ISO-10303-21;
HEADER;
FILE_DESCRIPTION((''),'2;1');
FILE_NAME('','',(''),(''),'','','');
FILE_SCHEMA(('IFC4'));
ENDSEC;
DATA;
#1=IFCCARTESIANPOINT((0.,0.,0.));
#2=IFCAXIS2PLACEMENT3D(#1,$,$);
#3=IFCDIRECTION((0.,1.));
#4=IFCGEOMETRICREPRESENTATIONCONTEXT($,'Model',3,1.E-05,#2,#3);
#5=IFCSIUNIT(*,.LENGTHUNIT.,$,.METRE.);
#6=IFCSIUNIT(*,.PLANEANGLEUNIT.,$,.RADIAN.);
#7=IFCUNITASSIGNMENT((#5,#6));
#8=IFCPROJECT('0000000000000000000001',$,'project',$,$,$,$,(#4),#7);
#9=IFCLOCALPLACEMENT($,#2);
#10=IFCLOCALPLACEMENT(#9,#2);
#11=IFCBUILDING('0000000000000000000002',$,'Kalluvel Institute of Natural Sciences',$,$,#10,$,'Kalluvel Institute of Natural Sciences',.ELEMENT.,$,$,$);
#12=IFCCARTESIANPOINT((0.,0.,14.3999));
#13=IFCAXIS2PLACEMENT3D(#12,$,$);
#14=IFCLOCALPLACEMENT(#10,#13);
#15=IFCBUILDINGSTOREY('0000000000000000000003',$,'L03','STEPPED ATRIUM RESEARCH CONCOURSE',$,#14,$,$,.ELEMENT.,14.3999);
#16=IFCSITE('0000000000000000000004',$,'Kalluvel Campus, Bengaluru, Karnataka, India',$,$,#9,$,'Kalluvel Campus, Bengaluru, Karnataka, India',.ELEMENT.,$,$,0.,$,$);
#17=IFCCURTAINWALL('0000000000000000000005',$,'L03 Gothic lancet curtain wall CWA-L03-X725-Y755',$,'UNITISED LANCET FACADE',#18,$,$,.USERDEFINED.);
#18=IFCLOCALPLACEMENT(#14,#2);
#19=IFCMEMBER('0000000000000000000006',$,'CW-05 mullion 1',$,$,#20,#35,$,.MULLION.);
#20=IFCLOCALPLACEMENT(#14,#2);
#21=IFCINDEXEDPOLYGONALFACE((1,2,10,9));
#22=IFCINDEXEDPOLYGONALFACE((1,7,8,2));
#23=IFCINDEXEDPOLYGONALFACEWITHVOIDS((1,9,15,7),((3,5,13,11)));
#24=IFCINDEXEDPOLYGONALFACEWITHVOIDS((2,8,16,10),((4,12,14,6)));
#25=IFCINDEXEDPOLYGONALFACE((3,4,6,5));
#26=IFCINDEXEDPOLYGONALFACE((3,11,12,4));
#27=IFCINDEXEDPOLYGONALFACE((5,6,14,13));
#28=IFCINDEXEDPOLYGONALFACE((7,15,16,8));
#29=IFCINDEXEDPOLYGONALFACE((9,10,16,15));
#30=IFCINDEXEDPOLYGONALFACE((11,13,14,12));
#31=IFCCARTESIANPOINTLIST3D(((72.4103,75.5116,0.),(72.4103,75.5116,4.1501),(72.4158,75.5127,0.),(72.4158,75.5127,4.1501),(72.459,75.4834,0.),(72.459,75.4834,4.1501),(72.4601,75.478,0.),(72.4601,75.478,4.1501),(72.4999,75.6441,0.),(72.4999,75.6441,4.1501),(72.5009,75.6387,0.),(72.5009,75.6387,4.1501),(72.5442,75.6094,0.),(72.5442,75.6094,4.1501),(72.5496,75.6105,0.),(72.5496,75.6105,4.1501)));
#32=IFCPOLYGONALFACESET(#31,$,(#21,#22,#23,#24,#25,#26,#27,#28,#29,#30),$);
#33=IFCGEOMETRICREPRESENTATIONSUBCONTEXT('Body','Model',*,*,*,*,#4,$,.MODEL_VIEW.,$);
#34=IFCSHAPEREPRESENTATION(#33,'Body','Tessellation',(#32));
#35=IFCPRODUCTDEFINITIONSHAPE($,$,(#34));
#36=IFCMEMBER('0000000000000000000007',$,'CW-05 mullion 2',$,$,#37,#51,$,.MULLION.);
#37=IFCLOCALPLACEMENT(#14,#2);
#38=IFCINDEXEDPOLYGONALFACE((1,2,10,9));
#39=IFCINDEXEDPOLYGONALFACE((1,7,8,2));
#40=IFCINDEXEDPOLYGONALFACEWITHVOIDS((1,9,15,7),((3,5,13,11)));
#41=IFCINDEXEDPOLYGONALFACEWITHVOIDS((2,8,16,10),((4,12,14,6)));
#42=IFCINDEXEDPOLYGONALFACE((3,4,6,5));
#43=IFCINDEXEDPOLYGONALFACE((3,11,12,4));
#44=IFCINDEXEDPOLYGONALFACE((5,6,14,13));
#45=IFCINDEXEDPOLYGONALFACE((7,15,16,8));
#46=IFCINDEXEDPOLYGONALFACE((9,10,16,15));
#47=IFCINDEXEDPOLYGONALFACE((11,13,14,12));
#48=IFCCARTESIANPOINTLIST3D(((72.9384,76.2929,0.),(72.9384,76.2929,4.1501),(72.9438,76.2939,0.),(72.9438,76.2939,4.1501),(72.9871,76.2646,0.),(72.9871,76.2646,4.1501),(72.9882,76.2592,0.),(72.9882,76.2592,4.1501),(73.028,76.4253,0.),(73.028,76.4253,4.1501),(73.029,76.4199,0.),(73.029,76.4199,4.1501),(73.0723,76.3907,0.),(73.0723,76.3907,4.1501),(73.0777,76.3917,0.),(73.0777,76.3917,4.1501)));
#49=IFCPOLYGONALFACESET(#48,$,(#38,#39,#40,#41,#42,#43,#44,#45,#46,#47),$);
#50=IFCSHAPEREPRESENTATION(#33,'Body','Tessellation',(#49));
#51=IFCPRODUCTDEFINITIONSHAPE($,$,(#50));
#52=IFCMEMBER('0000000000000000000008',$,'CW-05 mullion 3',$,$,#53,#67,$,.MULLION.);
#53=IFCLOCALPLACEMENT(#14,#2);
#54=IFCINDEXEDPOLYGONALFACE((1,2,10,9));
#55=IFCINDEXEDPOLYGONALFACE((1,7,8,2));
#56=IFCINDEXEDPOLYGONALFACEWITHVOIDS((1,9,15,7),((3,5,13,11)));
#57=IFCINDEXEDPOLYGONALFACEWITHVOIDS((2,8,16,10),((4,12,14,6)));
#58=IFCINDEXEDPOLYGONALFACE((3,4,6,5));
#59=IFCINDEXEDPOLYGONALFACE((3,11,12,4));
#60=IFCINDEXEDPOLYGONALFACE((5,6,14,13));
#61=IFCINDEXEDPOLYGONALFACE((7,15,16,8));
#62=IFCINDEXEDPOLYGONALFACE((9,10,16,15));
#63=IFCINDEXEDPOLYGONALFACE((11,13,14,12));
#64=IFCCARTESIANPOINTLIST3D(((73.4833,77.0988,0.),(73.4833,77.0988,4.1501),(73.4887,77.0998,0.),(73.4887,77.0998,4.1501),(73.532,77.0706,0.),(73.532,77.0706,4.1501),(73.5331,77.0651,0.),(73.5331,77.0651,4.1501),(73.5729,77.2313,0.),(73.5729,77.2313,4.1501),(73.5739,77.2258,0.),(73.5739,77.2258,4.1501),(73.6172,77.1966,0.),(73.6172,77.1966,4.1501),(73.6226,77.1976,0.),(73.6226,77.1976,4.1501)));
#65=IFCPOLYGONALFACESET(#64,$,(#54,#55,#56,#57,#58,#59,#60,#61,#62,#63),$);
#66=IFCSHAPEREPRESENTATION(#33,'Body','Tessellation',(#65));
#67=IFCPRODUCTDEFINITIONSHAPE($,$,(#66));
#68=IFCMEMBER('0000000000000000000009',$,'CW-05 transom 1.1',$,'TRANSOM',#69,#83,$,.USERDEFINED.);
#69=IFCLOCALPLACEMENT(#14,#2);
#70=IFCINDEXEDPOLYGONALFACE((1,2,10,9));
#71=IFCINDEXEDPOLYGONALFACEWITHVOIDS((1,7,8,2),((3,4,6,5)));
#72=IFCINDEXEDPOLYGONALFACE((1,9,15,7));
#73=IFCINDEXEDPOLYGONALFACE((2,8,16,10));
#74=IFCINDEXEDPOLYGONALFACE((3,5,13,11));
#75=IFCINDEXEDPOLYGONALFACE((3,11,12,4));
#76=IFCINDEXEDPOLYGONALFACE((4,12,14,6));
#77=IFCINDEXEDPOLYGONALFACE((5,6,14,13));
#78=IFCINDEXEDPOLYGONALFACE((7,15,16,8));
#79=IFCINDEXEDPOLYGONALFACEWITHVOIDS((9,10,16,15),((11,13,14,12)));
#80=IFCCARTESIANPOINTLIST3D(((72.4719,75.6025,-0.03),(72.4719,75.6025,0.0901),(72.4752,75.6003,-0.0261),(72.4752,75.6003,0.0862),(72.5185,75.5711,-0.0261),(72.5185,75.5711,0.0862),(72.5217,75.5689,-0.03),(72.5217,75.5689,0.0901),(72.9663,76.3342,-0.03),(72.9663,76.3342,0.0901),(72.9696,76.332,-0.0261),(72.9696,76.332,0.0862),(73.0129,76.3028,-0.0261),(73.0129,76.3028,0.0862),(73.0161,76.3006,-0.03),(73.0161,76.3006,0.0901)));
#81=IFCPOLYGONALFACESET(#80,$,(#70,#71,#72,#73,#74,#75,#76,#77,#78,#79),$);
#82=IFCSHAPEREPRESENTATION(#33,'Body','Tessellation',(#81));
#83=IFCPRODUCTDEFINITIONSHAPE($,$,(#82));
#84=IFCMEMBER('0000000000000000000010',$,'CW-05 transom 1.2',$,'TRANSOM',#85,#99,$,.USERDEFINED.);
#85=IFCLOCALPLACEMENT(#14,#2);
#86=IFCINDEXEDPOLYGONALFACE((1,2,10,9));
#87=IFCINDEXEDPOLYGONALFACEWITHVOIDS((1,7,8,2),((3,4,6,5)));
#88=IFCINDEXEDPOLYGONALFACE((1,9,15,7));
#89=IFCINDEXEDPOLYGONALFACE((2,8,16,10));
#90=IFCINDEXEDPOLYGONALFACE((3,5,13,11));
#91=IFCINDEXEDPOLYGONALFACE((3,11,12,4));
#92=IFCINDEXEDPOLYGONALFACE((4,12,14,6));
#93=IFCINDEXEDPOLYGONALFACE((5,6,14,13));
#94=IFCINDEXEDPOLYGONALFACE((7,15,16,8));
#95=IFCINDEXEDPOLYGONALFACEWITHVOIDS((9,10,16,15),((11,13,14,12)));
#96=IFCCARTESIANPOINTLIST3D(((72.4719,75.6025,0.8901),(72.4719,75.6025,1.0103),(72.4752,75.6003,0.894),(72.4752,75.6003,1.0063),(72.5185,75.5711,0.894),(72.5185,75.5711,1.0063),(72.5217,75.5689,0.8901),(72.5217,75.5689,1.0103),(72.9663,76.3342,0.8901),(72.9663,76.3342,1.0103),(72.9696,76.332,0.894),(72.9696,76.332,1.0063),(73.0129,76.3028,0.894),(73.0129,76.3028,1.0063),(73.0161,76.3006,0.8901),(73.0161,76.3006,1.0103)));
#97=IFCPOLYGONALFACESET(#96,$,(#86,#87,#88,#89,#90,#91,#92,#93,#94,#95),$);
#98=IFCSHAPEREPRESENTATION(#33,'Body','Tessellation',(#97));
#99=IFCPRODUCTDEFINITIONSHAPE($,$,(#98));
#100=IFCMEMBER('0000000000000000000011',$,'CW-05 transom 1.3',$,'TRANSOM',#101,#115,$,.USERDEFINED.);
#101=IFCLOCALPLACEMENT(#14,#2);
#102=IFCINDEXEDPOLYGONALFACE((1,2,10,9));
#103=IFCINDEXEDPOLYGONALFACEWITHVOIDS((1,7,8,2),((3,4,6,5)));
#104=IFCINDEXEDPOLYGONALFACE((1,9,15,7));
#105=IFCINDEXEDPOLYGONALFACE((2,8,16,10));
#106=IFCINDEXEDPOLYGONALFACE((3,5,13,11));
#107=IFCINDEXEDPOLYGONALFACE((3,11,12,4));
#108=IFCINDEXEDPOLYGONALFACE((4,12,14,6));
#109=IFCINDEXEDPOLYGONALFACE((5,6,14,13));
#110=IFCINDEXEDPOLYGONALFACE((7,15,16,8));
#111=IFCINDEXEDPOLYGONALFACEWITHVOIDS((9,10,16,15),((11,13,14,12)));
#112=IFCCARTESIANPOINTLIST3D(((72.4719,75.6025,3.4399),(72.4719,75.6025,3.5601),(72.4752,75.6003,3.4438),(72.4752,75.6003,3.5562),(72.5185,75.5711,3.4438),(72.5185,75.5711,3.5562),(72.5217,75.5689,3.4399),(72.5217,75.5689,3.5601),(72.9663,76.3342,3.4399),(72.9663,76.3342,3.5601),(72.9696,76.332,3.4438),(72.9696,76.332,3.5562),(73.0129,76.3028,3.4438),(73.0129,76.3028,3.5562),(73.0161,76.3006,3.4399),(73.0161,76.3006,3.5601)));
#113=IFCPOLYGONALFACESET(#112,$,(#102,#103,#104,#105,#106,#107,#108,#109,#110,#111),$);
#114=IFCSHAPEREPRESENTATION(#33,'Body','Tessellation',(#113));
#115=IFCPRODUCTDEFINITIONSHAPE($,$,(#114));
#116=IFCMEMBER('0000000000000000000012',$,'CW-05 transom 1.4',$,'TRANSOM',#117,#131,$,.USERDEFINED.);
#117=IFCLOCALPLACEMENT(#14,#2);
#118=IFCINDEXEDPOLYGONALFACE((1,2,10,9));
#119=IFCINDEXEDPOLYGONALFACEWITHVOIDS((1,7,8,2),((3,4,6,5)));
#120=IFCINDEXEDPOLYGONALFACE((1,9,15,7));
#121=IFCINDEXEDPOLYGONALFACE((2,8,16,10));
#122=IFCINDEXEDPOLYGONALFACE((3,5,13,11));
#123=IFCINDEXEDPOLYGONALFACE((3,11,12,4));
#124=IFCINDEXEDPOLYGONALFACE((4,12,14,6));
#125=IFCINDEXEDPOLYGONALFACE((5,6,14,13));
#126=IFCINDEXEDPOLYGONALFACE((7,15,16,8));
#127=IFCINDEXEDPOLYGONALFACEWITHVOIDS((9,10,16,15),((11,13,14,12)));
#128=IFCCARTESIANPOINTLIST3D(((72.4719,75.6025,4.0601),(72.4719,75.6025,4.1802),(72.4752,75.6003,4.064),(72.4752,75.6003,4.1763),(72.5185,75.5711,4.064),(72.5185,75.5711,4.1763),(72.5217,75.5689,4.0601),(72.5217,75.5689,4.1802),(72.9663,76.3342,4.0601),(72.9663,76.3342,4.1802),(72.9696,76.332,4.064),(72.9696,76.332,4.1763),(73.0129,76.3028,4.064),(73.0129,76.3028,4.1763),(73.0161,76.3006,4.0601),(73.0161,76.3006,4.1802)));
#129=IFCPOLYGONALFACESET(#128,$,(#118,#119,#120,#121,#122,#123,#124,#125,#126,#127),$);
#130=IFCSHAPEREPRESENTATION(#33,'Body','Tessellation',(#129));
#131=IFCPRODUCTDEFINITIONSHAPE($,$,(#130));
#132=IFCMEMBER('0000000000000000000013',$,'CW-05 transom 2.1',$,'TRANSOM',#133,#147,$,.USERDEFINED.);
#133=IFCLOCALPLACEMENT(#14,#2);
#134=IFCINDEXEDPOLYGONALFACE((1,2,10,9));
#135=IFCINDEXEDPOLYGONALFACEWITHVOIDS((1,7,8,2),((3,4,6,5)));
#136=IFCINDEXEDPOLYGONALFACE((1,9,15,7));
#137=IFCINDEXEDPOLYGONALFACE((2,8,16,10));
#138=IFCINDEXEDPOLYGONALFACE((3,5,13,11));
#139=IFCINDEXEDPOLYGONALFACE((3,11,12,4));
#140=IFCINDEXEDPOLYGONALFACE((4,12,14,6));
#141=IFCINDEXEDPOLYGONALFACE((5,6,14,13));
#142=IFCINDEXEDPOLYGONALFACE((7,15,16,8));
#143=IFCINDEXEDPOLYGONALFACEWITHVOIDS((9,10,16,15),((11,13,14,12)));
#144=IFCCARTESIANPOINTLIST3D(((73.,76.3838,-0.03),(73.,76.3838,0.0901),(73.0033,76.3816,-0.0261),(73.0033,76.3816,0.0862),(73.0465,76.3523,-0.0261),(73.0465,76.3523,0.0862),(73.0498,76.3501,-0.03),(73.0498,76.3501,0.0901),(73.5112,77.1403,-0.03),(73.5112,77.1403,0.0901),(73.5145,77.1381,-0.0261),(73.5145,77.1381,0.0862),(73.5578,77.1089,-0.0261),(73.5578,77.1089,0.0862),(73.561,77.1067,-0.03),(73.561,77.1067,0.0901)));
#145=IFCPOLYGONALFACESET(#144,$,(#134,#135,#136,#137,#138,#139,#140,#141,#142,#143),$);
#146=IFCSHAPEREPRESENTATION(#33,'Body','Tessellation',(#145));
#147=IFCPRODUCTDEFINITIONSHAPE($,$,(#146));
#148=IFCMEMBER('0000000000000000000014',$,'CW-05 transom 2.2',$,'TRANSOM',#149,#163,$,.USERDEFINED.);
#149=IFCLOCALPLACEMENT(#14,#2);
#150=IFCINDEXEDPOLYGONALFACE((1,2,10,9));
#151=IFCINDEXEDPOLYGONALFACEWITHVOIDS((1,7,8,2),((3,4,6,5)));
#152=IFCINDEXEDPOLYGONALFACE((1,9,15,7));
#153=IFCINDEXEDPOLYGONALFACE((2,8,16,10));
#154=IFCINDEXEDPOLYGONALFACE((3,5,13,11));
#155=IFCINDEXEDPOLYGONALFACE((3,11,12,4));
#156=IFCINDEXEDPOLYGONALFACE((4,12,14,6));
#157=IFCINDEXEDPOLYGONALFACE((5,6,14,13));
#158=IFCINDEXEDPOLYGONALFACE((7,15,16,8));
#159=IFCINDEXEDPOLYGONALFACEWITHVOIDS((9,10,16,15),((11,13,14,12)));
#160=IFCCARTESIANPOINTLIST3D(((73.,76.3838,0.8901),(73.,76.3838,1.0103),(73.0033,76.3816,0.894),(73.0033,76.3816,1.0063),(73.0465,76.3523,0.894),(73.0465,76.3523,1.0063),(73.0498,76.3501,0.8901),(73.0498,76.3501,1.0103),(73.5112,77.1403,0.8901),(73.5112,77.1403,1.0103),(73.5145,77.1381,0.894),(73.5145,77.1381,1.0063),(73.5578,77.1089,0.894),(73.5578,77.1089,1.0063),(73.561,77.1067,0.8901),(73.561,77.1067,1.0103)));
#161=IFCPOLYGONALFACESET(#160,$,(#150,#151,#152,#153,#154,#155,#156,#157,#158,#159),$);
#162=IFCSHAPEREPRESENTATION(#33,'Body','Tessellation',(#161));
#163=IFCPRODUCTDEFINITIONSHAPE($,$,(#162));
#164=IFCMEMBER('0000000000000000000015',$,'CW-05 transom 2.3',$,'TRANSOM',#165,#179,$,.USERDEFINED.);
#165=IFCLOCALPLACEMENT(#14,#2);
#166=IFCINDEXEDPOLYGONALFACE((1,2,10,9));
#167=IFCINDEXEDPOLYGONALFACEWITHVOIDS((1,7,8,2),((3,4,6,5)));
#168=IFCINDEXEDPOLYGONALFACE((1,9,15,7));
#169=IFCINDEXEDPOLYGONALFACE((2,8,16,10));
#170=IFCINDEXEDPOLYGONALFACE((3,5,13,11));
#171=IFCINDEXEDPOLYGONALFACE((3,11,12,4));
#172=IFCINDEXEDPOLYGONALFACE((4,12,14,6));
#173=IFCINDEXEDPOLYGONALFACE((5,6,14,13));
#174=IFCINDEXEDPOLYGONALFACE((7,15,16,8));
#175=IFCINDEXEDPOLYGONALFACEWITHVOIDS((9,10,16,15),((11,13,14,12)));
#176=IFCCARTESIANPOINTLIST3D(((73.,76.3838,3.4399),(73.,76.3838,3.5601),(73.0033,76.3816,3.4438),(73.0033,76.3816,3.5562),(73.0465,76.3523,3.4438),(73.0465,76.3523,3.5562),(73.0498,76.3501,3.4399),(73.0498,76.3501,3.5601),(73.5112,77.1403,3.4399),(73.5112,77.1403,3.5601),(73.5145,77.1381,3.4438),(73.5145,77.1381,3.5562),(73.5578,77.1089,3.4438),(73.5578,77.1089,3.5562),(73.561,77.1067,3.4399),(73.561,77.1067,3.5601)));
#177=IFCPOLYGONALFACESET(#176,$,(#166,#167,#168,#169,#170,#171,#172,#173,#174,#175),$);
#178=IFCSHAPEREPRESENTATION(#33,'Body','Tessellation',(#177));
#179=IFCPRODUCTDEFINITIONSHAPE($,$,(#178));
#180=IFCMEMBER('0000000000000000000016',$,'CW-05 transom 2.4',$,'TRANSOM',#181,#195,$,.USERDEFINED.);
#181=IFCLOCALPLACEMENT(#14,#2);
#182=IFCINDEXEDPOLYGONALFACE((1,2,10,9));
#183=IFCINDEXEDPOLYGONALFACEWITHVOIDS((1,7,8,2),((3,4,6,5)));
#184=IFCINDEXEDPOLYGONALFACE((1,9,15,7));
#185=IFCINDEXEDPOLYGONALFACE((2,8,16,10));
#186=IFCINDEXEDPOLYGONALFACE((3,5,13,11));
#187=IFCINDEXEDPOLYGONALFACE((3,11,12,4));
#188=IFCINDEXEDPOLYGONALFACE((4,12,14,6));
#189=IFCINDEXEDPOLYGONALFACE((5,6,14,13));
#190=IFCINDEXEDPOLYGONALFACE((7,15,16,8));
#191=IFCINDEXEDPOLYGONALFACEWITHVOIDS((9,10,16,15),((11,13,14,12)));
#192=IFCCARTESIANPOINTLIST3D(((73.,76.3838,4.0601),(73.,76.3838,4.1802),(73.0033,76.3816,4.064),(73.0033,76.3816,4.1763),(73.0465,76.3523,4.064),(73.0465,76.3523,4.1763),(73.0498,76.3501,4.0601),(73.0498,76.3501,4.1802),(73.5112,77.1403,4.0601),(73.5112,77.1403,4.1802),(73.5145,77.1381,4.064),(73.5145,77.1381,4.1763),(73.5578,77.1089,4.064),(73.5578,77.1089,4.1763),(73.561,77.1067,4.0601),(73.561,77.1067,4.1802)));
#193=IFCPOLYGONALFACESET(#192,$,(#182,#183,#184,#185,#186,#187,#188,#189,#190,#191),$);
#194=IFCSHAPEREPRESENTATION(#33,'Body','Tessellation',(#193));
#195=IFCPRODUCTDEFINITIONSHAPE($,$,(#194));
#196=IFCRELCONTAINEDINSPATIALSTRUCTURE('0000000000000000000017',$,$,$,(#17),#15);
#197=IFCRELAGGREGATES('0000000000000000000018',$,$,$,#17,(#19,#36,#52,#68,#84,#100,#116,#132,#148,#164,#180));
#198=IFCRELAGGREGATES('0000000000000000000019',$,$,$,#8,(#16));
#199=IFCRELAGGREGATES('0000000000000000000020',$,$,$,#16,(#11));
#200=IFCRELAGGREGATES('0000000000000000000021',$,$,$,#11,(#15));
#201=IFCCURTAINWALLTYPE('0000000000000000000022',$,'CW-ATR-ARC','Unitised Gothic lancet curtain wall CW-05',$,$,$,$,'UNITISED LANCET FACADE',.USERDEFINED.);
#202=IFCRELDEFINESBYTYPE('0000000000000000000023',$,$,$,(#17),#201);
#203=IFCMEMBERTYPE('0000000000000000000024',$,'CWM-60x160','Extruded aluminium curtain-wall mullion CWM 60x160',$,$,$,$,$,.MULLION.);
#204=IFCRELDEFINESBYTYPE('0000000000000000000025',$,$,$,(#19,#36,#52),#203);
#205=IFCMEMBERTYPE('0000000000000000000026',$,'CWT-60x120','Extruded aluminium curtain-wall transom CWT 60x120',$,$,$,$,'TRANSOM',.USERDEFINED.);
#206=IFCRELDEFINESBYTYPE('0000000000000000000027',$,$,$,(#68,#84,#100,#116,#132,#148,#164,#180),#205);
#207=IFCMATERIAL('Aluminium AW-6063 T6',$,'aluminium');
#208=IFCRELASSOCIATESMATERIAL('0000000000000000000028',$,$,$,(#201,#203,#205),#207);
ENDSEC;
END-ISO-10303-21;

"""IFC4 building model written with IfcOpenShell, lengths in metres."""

from ifc_helpers import new_model, si_unit, direction, frame, origin, origin_2d, place, context, subcontext, project, spatial, hollow_rectangle, extrude, material, material_profile, profile_set, type_object, element, aggregate, save


model = new_model("IFC4")

# Units and contexts
model_context = context("Model", 3, precision=1e-05, world=origin(), true_north=direction((0.0, 1.0)))
body_context = subcontext(model_context, "Body", "Model", "MODEL_VIEW")
ifc_project = project(units=[si_unit("LENGTHUNIT", "METRE"), si_unit("PLANEANGLEUNIT", "RADIAN")], contexts=[model_context])

# Site, building, storey
site_placement = place(None, origin())
site = spatial("IfcSite", under=ifc_project, at=site_placement, Name="Kalluvel Campus, Bengaluru, Karnataka, India", LongName="Kalluvel Campus, Bengaluru, Karnataka, India", CompositionType="ELEMENT", RefElevation=0.0)
building_placement = place(site_placement, origin())
building = spatial("IfcBuilding", under=site, at=building_placement, Name="Kalluvel Institute of Natural Sciences", LongName="Kalluvel Institute of Natural Sciences", CompositionType="ELEMENT")
storey_placement = place(building_placement, frame((0.0, 0.0, 14.3999)))
storey = spatial("IfcBuildingStorey", under=building, at=storey_placement, Name="L03", Description="STEPPED ATRIUM RESEARCH CONCOURSE", CompositionType="ELEMENT", Elevation=14.3999)

# Curtain wall, members
ifc_material_1 = material(Name="Aluminium AW-6063 T6", Category="aluminium")
curtain_wall_type = type_object("IfcCurtainWallType", Name="CW-ATR-ARC", Description="Unitised Gothic lancet curtain wall CW-05", ElementType="UNITISED LANCET FACADE", PredefinedType="USERDEFINED", material=ifc_material_1)
curtain_wall_placement = place(storey_placement, origin())
curtain_wall = element("IfcCurtainWall", 1, at=curtain_wall_placement, inside=storey, type_object=curtain_wall_type, Name="L03 Gothic lancet curtain wall CWA-L03-X725-Y755", ObjectType="UNITISED LANCET FACADE", PredefinedType="USERDEFINED")
ifc_material_profile_1 = material_profile(ifc_material_1, hollow_rectangle(XDim=0.0601, YDim=0.1599, WallThickness=0.0039, at=origin_2d()), Name="CWM 60x160")
ifc_profile_set_1 = profile_set([ifc_material_profile_1], Name="Aluminium AW-6063 T6")
member_type_1 = type_object("IfcMemberType", Name="CWM-60x160", Description="Extruded aluminium curtain-wall mullion CWM 60x160", PredefinedType="MULLION", material=ifc_profile_set_1)
member_1_placement = place(storey_placement, frame((72.48, 75.561, 0.0), z_axis=(0.0, 0.0, 1.0), x_axis=(-0.828511, 0.559972, 0.0)))
member_1 = element("IfcMember", 2, at=member_1_placement, type_object=member_type_1, Name="CW-05 mullion 1", PredefinedType="MULLION", context=body_context, shape_type="SweptSolid", body=[
    extrude(hollow_rectangle(XDim=0.0601, YDim=0.1599, WallThickness=0.0039, at=origin_2d()), origin(), (0.0, 0.0, 1.0), 4.1501),
])
member_2_placement = place(storey_placement, frame((73.0081, 76.3423, 0.0), z_axis=(0.0, 0.0, 1.0), x_axis=(-0.828511, 0.559972, 0.0)))
member_2 = element("IfcMember", 3, at=member_2_placement, type_object=member_type_1, Name="CW-05 mullion 2", PredefinedType="MULLION", context=body_context, shape_type="SweptSolid", body=[
    extrude(hollow_rectangle(XDim=0.0601, YDim=0.1599, WallThickness=0.0039, at=origin_2d()), origin(), (0.0, 0.0, 1.0), 4.1501),
])
member_3_placement = place(storey_placement, frame((73.553, 77.1482, 0.0), z_axis=(0.0, 0.0, 1.0), x_axis=(-0.828511, 0.559972, 0.0)))
member_3 = element("IfcMember", 4, at=member_3_placement, type_object=member_type_1, Name="CW-05 mullion 3", PredefinedType="MULLION", context=body_context, shape_type="SweptSolid", body=[
    extrude(hollow_rectangle(XDim=0.0601, YDim=0.1599, WallThickness=0.0039, at=origin_2d()), origin(), (0.0, 0.0, 1.0), 4.1501),
])
ifc_material_profile_2 = material_profile(ifc_material_1, hollow_rectangle(XDim=0.0601, YDim=0.1201, WallThickness=0.0039, at=origin_2d()), Name="CWT 60x120")
ifc_profile_set_2 = profile_set([ifc_material_profile_2], Name="Aluminium AW-6063 T6")
member_type_2 = type_object("IfcMemberType", Name="CWT-60x120", Description="Extruded aluminium curtain-wall transom CWT 60x120", ElementType="TRANSOM", PredefinedType="USERDEFINED", material=ifc_profile_set_2)
member_4_placement = place(storey_placement, frame((72.4968, 75.5857, 0.03), z_axis=(0.559857, 0.828589, 0.0), x_axis=(-0.828589, 0.559857, 0.0)))
member_4 = element("IfcMember", 5, at=member_4_placement, type_object=member_type_2, Name="CW-05 transom 1.1", ObjectType="TRANSOM", PredefinedType="USERDEFINED", context=body_context, shape_type="SweptSolid", body=[
    extrude(hollow_rectangle(XDim=0.0601, YDim=0.1201, WallThickness=0.0039, at=origin_2d()), origin(), (0.0, 0.0, 1.0), 0.8831),
])
member_5_placement = place(storey_placement, frame((72.4968, 75.5857, 0.9502), z_axis=(0.559857, 0.828589, 0.0), x_axis=(-0.828589, 0.559857, 0.0)))
member_5 = element("IfcMember", 6, at=member_5_placement, type_object=member_type_2, Name="CW-05 transom 1.2", ObjectType="TRANSOM", PredefinedType="USERDEFINED", context=body_context, shape_type="SweptSolid", body=[
    extrude(hollow_rectangle(XDim=0.0601, YDim=0.1201, WallThickness=0.0039, at=origin_2d()), origin(), (0.0, 0.0, 1.0), 0.8831),
])
member_6_placement = place(storey_placement, frame((72.4968, 75.5857, 3.5), z_axis=(0.559857, 0.828589, 0.0), x_axis=(-0.828589, 0.559857, 0.0)))
member_6 = element("IfcMember", 7, at=member_6_placement, type_object=member_type_2, Name="CW-05 transom 1.3", ObjectType="TRANSOM", PredefinedType="USERDEFINED", context=body_context, shape_type="SweptSolid", body=[
    extrude(hollow_rectangle(XDim=0.0601, YDim=0.1201, WallThickness=0.0039, at=origin_2d()), origin(), (0.0, 0.0, 1.0), 0.8831),
])
member_7_placement = place(storey_placement, frame((72.4968, 75.5857, 4.1201), z_axis=(0.559857, 0.828589, 0.0), x_axis=(-0.828589, 0.559857, 0.0)))
member_7 = element("IfcMember", 8, at=member_7_placement, type_object=member_type_2, Name="CW-05 transom 1.4", ObjectType="TRANSOM", PredefinedType="USERDEFINED", context=body_context, shape_type="SweptSolid", body=[
    extrude(hollow_rectangle(XDim=0.0601, YDim=0.1201, WallThickness=0.0039, at=origin_2d()), origin(), (0.0, 0.0, 1.0), 0.8831),
])
member_8_placement = place(storey_placement, frame((73.0249, 76.3669, 0.03), z_axis=(0.559872, 0.828579, 0.0), x_axis=(-0.828579, 0.559872, 0.0)))
member_8 = element("IfcMember", 9, at=member_8_placement, type_object=member_type_2, Name="CW-05 transom 2.1", ObjectType="TRANSOM", PredefinedType="USERDEFINED", context=body_context, shape_type="SweptSolid", body=[
    extrude(hollow_rectangle(XDim=0.0601, YDim=0.1201, WallThickness=0.0039, at=origin_2d()), origin(), (0.0, 0.0, 1.0), 0.9131),
])
member_9_placement = place(storey_placement, frame((73.0249, 76.3669, 0.9502), z_axis=(0.559872, 0.828579, 0.0), x_axis=(-0.828579, 0.559872, 0.0)))
member_9 = element("IfcMember", 10, at=member_9_placement, type_object=member_type_2, Name="CW-05 transom 2.2", ObjectType="TRANSOM", PredefinedType="USERDEFINED", context=body_context, shape_type="SweptSolid", body=[
    extrude(hollow_rectangle(XDim=0.0601, YDim=0.1201, WallThickness=0.0039, at=origin_2d()), origin(), (0.0, 0.0, 1.0), 0.9131),
])
member_10_placement = place(storey_placement, frame((73.0249, 76.3669, 3.5), z_axis=(0.559872, 0.828579, 0.0), x_axis=(-0.828579, 0.559872, 0.0)))
member_10 = element("IfcMember", 11, at=member_10_placement, type_object=member_type_2, Name="CW-05 transom 2.3", ObjectType="TRANSOM", PredefinedType="USERDEFINED", context=body_context, shape_type="SweptSolid", body=[
    extrude(hollow_rectangle(XDim=0.0601, YDim=0.1201, WallThickness=0.0039, at=origin_2d()), origin(), (0.0, 0.0, 1.0), 0.9131),
])
member_11_placement = place(storey_placement, frame((73.0249, 76.3669, 4.1201), z_axis=(0.559872, 0.828579, 0.0), x_axis=(-0.828579, 0.559872, 0.0)))
member_11 = element("IfcMember", 12, at=member_11_placement, type_object=member_type_2, Name="CW-05 transom 2.4", ObjectType="TRANSOM", PredefinedType="USERDEFINED", context=body_context, shape_type="SweptSolid", body=[
    extrude(hollow_rectangle(XDim=0.0601, YDim=0.1201, WallThickness=0.0039, at=origin_2d()), origin(), (0.0, 0.0, 1.0), 0.9131),
])
aggregate(curtain_wall, [member_1, member_2, member_3, member_4, member_5, member_6, member_7, member_8, member_9, member_10, member_11])

save(model, "model.ifc")
